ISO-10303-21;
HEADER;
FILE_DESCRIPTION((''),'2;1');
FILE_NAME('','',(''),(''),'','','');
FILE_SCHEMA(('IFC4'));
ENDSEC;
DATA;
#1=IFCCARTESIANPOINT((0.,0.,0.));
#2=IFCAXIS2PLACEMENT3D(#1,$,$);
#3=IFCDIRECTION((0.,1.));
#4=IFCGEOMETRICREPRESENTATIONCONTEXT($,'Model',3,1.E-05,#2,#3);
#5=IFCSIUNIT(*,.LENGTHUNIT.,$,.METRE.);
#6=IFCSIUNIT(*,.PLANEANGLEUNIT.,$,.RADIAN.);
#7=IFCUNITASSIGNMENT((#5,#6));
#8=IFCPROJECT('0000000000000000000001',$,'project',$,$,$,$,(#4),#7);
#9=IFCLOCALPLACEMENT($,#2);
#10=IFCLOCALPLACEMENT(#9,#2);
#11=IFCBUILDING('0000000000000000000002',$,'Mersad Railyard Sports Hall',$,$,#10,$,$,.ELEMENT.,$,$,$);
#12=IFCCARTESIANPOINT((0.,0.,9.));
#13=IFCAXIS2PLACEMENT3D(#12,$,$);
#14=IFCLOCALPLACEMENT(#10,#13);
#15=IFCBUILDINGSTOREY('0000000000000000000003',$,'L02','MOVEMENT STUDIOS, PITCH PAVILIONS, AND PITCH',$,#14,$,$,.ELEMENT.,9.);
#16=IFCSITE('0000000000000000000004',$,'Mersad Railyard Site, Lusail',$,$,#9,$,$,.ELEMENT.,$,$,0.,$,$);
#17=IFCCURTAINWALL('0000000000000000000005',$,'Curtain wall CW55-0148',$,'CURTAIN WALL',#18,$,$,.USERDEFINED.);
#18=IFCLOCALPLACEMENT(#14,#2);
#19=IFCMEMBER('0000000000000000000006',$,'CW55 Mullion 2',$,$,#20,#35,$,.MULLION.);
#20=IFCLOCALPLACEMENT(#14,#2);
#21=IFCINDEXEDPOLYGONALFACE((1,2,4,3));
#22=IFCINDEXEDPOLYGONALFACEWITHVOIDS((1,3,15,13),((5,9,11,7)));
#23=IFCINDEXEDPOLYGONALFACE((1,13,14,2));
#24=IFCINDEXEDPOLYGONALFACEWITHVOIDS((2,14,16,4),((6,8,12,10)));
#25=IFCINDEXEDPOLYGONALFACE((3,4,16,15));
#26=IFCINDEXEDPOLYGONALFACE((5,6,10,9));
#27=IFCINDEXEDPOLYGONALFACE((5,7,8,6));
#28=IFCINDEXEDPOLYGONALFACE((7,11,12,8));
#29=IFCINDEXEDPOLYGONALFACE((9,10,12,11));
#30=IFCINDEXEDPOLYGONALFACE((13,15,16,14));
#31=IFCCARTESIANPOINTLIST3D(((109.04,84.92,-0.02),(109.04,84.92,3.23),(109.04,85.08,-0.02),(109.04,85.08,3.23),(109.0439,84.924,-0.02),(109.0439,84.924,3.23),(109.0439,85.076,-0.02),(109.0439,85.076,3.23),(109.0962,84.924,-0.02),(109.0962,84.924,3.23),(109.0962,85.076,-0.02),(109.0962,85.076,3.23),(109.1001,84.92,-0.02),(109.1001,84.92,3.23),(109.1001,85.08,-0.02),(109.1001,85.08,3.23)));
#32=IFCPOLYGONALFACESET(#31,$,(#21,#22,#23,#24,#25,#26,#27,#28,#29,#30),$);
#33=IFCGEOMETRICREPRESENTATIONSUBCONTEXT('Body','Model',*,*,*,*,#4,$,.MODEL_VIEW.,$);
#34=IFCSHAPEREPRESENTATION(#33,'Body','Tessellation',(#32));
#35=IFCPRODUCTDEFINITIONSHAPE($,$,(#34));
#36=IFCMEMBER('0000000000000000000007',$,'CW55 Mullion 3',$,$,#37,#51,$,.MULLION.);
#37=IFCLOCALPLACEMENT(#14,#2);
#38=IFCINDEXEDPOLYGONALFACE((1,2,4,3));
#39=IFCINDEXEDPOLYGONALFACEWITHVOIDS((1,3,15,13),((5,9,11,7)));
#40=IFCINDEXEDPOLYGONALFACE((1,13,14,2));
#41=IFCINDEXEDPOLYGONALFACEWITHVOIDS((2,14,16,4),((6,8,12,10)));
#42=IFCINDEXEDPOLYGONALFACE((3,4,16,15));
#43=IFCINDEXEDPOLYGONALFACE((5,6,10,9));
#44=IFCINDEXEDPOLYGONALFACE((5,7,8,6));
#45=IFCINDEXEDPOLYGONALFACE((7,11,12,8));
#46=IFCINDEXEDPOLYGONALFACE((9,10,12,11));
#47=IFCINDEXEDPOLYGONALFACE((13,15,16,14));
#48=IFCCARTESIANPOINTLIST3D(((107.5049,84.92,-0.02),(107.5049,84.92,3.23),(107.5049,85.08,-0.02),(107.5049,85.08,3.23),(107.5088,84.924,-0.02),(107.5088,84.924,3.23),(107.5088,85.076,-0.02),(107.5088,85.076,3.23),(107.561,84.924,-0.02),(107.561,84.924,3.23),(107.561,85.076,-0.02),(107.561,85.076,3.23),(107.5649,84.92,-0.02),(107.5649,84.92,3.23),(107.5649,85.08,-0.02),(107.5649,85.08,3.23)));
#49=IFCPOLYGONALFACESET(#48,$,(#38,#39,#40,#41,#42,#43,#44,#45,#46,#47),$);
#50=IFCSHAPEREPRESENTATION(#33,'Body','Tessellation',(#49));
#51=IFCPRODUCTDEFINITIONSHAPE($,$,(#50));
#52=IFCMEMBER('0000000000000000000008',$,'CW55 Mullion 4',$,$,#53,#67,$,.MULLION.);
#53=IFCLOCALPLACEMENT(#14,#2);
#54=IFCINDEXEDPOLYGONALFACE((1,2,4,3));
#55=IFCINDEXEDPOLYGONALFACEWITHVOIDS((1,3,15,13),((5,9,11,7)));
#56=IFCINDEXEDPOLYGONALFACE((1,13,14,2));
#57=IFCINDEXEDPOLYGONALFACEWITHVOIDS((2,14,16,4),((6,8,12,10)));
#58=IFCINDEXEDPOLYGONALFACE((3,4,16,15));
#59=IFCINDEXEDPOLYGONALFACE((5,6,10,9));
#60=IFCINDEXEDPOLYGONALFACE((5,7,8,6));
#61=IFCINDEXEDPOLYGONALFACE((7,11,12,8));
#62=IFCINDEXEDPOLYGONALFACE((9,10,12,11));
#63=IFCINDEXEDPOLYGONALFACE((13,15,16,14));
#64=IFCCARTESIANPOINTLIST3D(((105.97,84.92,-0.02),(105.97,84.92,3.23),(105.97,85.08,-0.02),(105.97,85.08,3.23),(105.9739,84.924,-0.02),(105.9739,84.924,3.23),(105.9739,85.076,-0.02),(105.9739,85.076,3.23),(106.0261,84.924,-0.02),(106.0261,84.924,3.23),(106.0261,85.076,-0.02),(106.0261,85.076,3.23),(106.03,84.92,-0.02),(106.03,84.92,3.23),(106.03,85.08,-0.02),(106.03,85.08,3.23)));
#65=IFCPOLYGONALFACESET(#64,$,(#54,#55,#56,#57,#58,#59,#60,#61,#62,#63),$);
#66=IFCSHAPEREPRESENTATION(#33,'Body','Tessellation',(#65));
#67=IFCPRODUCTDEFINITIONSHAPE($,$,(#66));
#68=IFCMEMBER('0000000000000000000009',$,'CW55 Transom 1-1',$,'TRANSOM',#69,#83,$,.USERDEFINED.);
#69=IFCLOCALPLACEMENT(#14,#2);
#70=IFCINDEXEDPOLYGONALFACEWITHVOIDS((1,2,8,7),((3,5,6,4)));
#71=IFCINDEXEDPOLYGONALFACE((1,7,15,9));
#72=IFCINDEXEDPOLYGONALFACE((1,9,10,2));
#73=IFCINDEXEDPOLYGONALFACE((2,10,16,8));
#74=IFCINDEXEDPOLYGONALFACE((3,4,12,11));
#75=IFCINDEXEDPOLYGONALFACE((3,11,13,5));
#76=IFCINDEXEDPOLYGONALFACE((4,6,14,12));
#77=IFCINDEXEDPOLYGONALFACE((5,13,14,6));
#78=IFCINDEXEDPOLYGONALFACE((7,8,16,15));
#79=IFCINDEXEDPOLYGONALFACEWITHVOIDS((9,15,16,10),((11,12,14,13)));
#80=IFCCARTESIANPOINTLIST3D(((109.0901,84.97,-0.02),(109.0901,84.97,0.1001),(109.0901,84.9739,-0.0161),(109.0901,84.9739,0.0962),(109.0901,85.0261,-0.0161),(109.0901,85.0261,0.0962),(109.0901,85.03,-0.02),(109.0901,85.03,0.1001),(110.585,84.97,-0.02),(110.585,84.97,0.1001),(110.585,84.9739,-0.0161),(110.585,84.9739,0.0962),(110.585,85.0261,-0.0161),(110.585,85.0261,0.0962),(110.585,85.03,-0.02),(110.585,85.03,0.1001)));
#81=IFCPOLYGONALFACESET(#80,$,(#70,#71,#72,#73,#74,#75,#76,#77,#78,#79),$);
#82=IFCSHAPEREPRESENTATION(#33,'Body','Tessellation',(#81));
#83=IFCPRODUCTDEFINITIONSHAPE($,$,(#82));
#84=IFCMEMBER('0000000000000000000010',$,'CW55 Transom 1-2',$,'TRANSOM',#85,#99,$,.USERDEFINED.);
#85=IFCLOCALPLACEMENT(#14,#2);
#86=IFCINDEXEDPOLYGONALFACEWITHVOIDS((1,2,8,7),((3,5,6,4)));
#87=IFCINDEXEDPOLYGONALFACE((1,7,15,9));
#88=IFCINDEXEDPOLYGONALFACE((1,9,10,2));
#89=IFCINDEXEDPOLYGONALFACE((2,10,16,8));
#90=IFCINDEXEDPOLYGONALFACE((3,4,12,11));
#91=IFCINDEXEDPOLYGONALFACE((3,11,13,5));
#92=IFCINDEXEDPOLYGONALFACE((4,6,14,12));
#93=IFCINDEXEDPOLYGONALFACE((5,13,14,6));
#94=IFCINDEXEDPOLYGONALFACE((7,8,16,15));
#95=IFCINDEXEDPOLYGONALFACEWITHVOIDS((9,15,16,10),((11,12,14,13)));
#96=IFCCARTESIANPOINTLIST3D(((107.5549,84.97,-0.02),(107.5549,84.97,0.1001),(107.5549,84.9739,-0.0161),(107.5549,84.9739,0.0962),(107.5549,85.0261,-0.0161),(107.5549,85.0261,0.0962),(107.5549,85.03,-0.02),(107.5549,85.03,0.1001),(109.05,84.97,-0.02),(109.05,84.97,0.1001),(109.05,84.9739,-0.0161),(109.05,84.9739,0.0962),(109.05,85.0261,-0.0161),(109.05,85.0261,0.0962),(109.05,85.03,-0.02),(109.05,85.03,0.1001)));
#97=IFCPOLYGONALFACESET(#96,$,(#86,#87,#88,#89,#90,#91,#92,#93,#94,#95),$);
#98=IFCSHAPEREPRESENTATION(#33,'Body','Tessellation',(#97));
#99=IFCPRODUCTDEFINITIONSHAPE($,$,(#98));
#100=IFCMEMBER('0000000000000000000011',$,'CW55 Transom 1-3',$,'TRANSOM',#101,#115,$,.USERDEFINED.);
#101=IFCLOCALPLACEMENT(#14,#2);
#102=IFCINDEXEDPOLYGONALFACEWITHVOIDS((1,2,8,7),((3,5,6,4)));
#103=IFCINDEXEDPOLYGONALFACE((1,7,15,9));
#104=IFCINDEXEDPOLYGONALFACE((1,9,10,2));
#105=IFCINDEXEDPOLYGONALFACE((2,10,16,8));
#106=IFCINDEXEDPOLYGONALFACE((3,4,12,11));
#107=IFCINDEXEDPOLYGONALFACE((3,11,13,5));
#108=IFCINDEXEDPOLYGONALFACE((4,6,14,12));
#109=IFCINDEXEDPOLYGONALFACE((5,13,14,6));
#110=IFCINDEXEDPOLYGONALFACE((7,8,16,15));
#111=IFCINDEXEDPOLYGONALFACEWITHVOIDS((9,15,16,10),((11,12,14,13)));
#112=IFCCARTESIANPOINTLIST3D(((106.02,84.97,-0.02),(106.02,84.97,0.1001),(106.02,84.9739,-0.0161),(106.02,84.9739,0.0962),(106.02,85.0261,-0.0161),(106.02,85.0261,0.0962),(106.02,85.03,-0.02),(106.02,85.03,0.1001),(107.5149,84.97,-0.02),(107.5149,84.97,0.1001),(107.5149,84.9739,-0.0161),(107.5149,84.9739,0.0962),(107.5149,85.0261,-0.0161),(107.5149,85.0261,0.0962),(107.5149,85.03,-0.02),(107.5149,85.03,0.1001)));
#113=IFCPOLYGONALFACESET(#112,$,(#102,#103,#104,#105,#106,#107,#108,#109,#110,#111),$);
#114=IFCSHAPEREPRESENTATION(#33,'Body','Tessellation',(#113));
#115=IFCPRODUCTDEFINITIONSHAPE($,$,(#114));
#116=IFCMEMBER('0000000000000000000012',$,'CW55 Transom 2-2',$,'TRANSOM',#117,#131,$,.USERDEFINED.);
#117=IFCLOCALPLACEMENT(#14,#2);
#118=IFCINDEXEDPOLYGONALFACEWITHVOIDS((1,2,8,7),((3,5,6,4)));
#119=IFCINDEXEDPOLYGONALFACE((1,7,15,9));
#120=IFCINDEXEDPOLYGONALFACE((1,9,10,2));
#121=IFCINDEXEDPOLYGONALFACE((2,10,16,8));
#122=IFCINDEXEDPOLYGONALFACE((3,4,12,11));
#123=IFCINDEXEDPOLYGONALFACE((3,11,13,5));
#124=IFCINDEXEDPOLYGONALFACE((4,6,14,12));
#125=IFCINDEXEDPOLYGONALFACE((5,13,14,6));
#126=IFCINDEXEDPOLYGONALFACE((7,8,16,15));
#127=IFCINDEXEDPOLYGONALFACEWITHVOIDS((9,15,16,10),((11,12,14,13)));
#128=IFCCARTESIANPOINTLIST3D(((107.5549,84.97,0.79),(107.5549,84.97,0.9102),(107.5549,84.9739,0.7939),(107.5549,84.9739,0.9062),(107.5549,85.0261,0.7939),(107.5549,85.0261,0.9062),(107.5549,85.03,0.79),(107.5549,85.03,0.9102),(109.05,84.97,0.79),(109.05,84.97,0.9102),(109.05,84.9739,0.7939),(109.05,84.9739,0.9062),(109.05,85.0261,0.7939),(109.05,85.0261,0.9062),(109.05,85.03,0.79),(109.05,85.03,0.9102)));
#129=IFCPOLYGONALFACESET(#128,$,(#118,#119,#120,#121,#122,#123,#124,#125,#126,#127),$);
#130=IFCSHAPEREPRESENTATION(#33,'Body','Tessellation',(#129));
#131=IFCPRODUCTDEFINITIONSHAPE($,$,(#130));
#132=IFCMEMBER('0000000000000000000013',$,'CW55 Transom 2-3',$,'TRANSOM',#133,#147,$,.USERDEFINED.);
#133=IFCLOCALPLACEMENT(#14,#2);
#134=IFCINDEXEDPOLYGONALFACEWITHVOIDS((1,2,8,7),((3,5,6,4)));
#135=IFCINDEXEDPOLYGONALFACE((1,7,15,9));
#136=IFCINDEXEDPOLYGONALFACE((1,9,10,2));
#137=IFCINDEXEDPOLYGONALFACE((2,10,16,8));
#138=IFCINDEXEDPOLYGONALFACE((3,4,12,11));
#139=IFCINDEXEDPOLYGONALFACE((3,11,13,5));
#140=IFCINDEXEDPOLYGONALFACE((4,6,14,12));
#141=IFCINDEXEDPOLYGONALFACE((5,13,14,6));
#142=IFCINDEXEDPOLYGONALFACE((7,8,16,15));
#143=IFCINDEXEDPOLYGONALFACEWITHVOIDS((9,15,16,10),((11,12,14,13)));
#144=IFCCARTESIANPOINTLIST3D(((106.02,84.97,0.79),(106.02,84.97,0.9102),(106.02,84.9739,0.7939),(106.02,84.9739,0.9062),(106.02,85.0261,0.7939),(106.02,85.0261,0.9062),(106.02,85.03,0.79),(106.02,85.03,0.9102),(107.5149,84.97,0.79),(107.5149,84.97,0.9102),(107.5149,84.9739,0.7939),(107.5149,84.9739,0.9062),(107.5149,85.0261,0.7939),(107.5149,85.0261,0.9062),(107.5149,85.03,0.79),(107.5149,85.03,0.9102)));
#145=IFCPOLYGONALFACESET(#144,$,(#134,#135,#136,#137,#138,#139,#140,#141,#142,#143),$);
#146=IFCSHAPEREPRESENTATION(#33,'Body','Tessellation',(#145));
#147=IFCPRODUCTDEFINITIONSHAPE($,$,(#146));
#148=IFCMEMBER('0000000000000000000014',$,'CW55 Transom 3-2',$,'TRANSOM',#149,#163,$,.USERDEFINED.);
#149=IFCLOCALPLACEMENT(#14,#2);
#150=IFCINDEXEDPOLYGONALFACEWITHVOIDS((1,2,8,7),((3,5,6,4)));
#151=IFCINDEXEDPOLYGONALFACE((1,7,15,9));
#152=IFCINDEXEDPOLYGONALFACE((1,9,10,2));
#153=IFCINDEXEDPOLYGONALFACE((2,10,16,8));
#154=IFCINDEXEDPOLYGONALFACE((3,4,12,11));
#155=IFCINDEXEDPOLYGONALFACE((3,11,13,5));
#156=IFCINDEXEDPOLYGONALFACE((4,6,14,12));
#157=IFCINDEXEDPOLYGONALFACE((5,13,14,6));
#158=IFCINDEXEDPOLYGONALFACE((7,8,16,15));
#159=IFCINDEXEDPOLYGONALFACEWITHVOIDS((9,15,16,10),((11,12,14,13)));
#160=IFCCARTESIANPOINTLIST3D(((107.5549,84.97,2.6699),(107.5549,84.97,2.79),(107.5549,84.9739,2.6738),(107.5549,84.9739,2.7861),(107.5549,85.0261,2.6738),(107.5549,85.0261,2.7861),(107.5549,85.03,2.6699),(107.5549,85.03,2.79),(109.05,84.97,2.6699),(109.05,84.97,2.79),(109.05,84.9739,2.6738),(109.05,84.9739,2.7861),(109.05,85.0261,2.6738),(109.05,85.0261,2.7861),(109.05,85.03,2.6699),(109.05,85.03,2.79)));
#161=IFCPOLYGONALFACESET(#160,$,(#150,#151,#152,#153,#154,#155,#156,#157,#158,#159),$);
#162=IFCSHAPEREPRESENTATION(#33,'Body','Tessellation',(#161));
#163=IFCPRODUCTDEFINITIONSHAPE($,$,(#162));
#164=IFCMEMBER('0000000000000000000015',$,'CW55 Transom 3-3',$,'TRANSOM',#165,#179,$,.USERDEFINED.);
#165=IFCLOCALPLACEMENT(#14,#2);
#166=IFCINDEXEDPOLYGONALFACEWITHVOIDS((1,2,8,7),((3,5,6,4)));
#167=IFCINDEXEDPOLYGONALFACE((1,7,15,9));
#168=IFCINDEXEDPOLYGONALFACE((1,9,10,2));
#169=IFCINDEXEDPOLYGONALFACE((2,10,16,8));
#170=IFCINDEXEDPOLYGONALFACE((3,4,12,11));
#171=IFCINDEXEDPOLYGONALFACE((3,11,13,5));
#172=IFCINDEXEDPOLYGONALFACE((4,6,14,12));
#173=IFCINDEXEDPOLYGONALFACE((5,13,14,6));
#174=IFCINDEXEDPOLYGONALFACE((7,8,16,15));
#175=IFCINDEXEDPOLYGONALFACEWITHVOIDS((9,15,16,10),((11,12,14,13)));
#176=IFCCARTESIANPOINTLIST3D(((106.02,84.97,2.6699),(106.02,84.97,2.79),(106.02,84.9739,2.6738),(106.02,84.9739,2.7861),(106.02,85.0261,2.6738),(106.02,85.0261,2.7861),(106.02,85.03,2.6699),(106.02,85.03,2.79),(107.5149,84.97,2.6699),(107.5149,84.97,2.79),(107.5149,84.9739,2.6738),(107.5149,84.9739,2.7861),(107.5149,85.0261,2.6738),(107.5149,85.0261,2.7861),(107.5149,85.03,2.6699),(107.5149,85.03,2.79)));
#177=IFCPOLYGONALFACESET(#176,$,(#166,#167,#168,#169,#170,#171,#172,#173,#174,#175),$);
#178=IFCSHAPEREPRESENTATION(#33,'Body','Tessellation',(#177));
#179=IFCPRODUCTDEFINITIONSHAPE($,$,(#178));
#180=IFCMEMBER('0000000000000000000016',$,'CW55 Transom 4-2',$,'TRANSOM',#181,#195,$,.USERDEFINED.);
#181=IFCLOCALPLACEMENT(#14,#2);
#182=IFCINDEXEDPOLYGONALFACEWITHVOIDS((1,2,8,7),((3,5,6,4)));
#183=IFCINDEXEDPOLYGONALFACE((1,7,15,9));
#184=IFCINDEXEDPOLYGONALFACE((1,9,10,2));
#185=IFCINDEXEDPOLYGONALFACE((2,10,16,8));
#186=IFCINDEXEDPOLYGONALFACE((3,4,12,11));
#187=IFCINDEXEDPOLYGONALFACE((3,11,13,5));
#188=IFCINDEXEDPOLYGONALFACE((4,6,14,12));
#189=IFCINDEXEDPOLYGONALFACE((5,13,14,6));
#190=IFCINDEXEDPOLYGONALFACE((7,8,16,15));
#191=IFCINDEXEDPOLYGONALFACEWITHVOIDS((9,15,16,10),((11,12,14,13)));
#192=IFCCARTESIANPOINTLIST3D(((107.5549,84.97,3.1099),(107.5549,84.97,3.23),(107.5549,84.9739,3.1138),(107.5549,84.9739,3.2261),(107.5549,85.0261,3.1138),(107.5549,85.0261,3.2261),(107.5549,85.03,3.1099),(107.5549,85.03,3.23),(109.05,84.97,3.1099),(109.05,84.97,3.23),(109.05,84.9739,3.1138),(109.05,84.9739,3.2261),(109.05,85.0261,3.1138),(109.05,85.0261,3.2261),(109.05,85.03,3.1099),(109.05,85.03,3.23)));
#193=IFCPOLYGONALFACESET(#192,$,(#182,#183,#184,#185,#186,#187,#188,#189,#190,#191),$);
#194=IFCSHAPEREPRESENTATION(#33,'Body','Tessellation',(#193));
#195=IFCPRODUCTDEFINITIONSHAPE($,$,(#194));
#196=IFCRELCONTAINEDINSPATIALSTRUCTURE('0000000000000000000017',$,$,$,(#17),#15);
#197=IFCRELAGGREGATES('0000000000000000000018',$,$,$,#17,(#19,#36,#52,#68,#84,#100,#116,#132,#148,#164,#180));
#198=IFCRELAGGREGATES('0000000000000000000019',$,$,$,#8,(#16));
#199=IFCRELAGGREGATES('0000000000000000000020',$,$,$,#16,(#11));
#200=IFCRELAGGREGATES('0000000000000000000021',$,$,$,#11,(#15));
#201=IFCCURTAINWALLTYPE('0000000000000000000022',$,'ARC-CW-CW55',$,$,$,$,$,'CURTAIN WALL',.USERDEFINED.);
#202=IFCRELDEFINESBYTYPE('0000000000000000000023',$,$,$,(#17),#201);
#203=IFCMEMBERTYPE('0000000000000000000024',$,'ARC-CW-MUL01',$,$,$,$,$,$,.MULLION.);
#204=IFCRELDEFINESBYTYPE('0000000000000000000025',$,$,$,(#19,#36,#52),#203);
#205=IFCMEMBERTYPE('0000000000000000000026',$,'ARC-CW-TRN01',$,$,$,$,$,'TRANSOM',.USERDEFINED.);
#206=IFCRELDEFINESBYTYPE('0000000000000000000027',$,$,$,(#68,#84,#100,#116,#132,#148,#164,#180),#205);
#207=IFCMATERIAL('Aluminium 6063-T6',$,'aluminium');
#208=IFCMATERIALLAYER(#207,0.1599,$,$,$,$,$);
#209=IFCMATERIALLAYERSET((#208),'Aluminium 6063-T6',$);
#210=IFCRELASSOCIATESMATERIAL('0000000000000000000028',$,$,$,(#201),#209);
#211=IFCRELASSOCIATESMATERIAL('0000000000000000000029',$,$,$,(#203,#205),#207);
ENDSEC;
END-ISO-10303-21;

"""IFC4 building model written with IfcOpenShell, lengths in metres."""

from ifc_helpers import new_model, si_unit, direction, frame, origin, origin_2d, place, context, subcontext, project, spatial, hollow_rectangle, extrude, material, layer, layer_set, material_profile, profile_set, type_object, element, aggregate, save


model = new_model("IFC4")

# Units and contexts
model_context = context("Model", 3, precision=1e-05, world=origin(), true_north=direction((0.0, 1.0)))
body_context = subcontext(model_context, "Body", "Model", "MODEL_VIEW")
ifc_project = project(units=[si_unit("LENGTHUNIT", "METRE"), si_unit("PLANEANGLEUNIT", "RADIAN")], contexts=[model_context])

# Site, building, storey
site_placement = place(None, origin())
site = spatial("IfcSite", under=ifc_project, at=site_placement, Name="Mersad Railyard Site, Lusail", CompositionType="ELEMENT", RefElevation=0.0)
building_placement = place(site_placement, origin())
building = spatial("IfcBuilding", under=site, at=building_placement, Name="Mersad Railyard Sports Hall", CompositionType="ELEMENT")
storey_placement = place(building_placement, frame((0.0, 0.0, 9.0)))
storey = spatial("IfcBuildingStorey", under=building, at=storey_placement, Name="L02", Description="MOVEMENT STUDIOS, PITCH PAVILIONS, AND PITCH", CompositionType="ELEMENT", Elevation=9.0)

# Curtain wall, members
ifc_material_1 = material(Name="Aluminium 6063-T6", Category="aluminium")
ifc_layer_1 = layer(ifc_material_1, 0.1599)
ifc_layer_set_1 = layer_set([ifc_layer_1], Name="Aluminium 6063-T6")
curtain_wall_type = type_object("IfcCurtainWallType", Name="ARC-CW-CW55", ElementType="CURTAIN WALL", PredefinedType="USERDEFINED", material=ifc_layer_set_1)
curtain_wall_placement = place(storey_placement, origin())
curtain_wall = element("IfcCurtainWall", 1, at=curtain_wall_placement, inside=storey, type_object=curtain_wall_type, Name="Curtain wall CW55-0148", ObjectType="CURTAIN WALL", PredefinedType="USERDEFINED")
ifc_material_profile_1 = material_profile(ifc_material_1, hollow_rectangle(XDim=0.0601, YDim=0.1599, WallThickness=0.0039, at=origin_2d()), Name="AL MULLION 60x160x4")
ifc_profile_set_1 = profile_set([ifc_material_profile_1], Name="Aluminium 6063-T6")
member_type_1 = type_object("IfcMemberType", Name="ARC-CW-MUL01", PredefinedType="MULLION", material=ifc_profile_set_1)
member_1_placement = place(storey_placement, frame((109.0701, 85.0, -0.02), z_axis=(0.0, 0.0, 1.0), x_axis=(1.0, 0.0, 0.0)))
member_1 = element("IfcMember", 2, at=member_1_placement, type_object=member_type_1, Name="CW55 Mullion 2", PredefinedType="MULLION", context=body_context, shape_type="SweptSolid", body=[
    extrude(hollow_rectangle(XDim=0.0601, YDim=0.1599, WallThickness=0.0039, at=origin_2d()), origin(), (0.0, 0.0, 1.0), 3.25),
])
member_2_placement = place(storey_placement, frame((107.5349, 85.0, -0.02), z_axis=(0.0, 0.0, 1.0), x_axis=(1.0, 0.0, 0.0)))
member_2 = element("IfcMember", 3, at=member_2_placement, type_object=member_type_1, Name="CW55 Mullion 3", PredefinedType="MULLION", context=body_context, shape_type="SweptSolid", body=[
    extrude(hollow_rectangle(XDim=0.0601, YDim=0.1599, WallThickness=0.0039, at=origin_2d()), origin(), (0.0, 0.0, 1.0), 3.25),
])
member_3_placement = place(storey_placement, frame((106.0, 85.0, -0.02), z_axis=(0.0, 0.0, 1.0), x_axis=(1.0, 0.0, 0.0)))
member_3 = element("IfcMember", 4, at=member_3_placement, type_object=member_type_1, Name="CW55 Mullion 4", PredefinedType="MULLION", context=body_context, shape_type="SweptSolid", body=[
    extrude(hollow_rectangle(XDim=0.0601, YDim=0.1599, WallThickness=0.0039, at=origin_2d()), origin(), (0.0, 0.0, 1.0), 3.25),
])
ifc_material_profile_2 = material_profile(ifc_material_1, hollow_rectangle(XDim=0.0601, YDim=0.1201, WallThickness=0.0039, at=origin_2d()), Name="AL TRANSOM 60x120x4")
ifc_profile_set_2 = profile_set([ifc_material_profile_2], Name="Aluminium 6063-T6")
member_type_2 = type_object("IfcMemberType", Name="ARC-CW-TRN01", ElementType="TRANSOM", PredefinedType="USERDEFINED", material=ifc_profile_set_2)
member_4_placement = place(storey_placement, frame((110.585, 85.0, 0.04), z_axis=(-1.0, 0.0, 0.0), x_axis=(0.0, -1.0, 0.0)))
member_4 = element("IfcMember", 5, at=member_4_placement, type_object=member_type_2, Name="CW55 Transom 1-1", ObjectType="TRANSOM", PredefinedType="USERDEFINED", context=body_context, shape_type="SweptSolid", body=[
    extrude(hollow_rectangle(XDim=0.0601, YDim=0.1201, WallThickness=0.0039, at=origin_2d()), origin(), (0.0, 0.0, 1.0), 1.4949),
])
member_5_placement = place(storey_placement, frame((109.05, 85.0, 0.04), z_axis=(-1.0, 0.0, 0.0), x_axis=(0.0, -1.0, 0.0)))
member_5 = element("IfcMember", 6, at=member_5_placement, type_object=member_type_2, Name="CW55 Transom 1-2", ObjectType="TRANSOM", PredefinedType="USERDEFINED", context=body_context, shape_type="SweptSolid", body=[
    extrude(hollow_rectangle(XDim=0.0601, YDim=0.1201, WallThickness=0.0039, at=origin_2d()), origin(), (0.0, 0.0, 1.0), 1.4951),
])
member_6_placement = place(storey_placement, frame((107.5149, 85.0, 0.04), z_axis=(-1.0, 0.0, 0.0), x_axis=(0.0, -1.0, 0.0)))
member_6 = element("IfcMember", 7, at=member_6_placement, type_object=member_type_2, Name="CW55 Transom 1-3", ObjectType="TRANSOM", PredefinedType="USERDEFINED", context=body_context, shape_type="SweptSolid", body=[
    extrude(hollow_rectangle(XDim=0.0601, YDim=0.1201, WallThickness=0.0039, at=origin_2d()), origin(), (0.0, 0.0, 1.0), 1.4949),
])
member_7_placement = place(storey_placement, frame((109.05, 85.0, 0.8501), z_axis=(-1.0, 0.0, 0.0), x_axis=(0.0, -1.0, 0.0)))
member_7 = element("IfcMember", 8, at=member_7_placement, type_object=member_type_2, Name="CW55 Transom 2-2", ObjectType="TRANSOM", PredefinedType="USERDEFINED", context=body_context, shape_type="SweptSolid", body=[
    extrude(hollow_rectangle(XDim=0.0601, YDim=0.1201, WallThickness=0.0039, at=origin_2d()), origin(), (0.0, 0.0, 1.0), 1.4951),
])
member_8_placement = place(storey_placement, frame((107.5149, 85.0, 0.8501), z_axis=(-1.0, 0.0, 0.0), x_axis=(0.0, -1.0, 0.0)))
member_8 = element("IfcMember", 9, at=member_8_placement, type_object=member_type_2, Name="CW55 Transom 2-3", ObjectType="TRANSOM", PredefinedType="USERDEFINED", context=body_context, shape_type="SweptSolid", body=[
    extrude(hollow_rectangle(XDim=0.0601, YDim=0.1201, WallThickness=0.0039, at=origin_2d()), origin(), (0.0, 0.0, 1.0), 1.4949),
])
member_9_placement = place(storey_placement, frame((109.05, 85.0, 2.73), z_axis=(-1.0, 0.0, 0.0), x_axis=(0.0, -1.0, 0.0)))
member_9 = element("IfcMember", 10, at=member_9_placement, type_object=member_type_2, Name="CW55 Transom 3-2", ObjectType="TRANSOM", PredefinedType="USERDEFINED", context=body_context, shape_type="SweptSolid", body=[
    extrude(hollow_rectangle(XDim=0.0601, YDim=0.1201, WallThickness=0.0039, at=origin_2d()), origin(), (0.0, 0.0, 1.0), 1.4951),
])
member_10_placement = place(storey_placement, frame((107.5149, 85.0, 2.73), z_axis=(-1.0, 0.0, 0.0), x_axis=(0.0, -1.0, 0.0)))
member_10 = element("IfcMember", 11, at=member_10_placement, type_object=member_type_2, Name="CW55 Transom 3-3", ObjectType="TRANSOM", PredefinedType="USERDEFINED", context=body_context, shape_type="SweptSolid", body=[
    extrude(hollow_rectangle(XDim=0.0601, YDim=0.1201, WallThickness=0.0039, at=origin_2d()), origin(), (0.0, 0.0, 1.0), 1.4949),
])
member_11_placement = place(storey_placement, frame((109.05, 85.0, 3.1699), z_axis=(-1.0, 0.0, 0.0), x_axis=(0.0, -1.0, 0.0)))
member_11 = element("IfcMember", 12, at=member_11_placement, type_object=member_type_2, Name="CW55 Transom 4-2", ObjectType="TRANSOM", PredefinedType="USERDEFINED", context=body_context, shape_type="SweptSolid", body=[
    extrude(hollow_rectangle(XDim=0.0601, YDim=0.1201, WallThickness=0.0039, at=origin_2d()), origin(), (0.0, 0.0, 1.0), 1.4951),
])
aggregate(curtain_wall, [member_1, member_2, member_3, member_4, member_5, member_6, member_7, member_8, member_9, member_10, member_11])

save(model, "model.ifc")
